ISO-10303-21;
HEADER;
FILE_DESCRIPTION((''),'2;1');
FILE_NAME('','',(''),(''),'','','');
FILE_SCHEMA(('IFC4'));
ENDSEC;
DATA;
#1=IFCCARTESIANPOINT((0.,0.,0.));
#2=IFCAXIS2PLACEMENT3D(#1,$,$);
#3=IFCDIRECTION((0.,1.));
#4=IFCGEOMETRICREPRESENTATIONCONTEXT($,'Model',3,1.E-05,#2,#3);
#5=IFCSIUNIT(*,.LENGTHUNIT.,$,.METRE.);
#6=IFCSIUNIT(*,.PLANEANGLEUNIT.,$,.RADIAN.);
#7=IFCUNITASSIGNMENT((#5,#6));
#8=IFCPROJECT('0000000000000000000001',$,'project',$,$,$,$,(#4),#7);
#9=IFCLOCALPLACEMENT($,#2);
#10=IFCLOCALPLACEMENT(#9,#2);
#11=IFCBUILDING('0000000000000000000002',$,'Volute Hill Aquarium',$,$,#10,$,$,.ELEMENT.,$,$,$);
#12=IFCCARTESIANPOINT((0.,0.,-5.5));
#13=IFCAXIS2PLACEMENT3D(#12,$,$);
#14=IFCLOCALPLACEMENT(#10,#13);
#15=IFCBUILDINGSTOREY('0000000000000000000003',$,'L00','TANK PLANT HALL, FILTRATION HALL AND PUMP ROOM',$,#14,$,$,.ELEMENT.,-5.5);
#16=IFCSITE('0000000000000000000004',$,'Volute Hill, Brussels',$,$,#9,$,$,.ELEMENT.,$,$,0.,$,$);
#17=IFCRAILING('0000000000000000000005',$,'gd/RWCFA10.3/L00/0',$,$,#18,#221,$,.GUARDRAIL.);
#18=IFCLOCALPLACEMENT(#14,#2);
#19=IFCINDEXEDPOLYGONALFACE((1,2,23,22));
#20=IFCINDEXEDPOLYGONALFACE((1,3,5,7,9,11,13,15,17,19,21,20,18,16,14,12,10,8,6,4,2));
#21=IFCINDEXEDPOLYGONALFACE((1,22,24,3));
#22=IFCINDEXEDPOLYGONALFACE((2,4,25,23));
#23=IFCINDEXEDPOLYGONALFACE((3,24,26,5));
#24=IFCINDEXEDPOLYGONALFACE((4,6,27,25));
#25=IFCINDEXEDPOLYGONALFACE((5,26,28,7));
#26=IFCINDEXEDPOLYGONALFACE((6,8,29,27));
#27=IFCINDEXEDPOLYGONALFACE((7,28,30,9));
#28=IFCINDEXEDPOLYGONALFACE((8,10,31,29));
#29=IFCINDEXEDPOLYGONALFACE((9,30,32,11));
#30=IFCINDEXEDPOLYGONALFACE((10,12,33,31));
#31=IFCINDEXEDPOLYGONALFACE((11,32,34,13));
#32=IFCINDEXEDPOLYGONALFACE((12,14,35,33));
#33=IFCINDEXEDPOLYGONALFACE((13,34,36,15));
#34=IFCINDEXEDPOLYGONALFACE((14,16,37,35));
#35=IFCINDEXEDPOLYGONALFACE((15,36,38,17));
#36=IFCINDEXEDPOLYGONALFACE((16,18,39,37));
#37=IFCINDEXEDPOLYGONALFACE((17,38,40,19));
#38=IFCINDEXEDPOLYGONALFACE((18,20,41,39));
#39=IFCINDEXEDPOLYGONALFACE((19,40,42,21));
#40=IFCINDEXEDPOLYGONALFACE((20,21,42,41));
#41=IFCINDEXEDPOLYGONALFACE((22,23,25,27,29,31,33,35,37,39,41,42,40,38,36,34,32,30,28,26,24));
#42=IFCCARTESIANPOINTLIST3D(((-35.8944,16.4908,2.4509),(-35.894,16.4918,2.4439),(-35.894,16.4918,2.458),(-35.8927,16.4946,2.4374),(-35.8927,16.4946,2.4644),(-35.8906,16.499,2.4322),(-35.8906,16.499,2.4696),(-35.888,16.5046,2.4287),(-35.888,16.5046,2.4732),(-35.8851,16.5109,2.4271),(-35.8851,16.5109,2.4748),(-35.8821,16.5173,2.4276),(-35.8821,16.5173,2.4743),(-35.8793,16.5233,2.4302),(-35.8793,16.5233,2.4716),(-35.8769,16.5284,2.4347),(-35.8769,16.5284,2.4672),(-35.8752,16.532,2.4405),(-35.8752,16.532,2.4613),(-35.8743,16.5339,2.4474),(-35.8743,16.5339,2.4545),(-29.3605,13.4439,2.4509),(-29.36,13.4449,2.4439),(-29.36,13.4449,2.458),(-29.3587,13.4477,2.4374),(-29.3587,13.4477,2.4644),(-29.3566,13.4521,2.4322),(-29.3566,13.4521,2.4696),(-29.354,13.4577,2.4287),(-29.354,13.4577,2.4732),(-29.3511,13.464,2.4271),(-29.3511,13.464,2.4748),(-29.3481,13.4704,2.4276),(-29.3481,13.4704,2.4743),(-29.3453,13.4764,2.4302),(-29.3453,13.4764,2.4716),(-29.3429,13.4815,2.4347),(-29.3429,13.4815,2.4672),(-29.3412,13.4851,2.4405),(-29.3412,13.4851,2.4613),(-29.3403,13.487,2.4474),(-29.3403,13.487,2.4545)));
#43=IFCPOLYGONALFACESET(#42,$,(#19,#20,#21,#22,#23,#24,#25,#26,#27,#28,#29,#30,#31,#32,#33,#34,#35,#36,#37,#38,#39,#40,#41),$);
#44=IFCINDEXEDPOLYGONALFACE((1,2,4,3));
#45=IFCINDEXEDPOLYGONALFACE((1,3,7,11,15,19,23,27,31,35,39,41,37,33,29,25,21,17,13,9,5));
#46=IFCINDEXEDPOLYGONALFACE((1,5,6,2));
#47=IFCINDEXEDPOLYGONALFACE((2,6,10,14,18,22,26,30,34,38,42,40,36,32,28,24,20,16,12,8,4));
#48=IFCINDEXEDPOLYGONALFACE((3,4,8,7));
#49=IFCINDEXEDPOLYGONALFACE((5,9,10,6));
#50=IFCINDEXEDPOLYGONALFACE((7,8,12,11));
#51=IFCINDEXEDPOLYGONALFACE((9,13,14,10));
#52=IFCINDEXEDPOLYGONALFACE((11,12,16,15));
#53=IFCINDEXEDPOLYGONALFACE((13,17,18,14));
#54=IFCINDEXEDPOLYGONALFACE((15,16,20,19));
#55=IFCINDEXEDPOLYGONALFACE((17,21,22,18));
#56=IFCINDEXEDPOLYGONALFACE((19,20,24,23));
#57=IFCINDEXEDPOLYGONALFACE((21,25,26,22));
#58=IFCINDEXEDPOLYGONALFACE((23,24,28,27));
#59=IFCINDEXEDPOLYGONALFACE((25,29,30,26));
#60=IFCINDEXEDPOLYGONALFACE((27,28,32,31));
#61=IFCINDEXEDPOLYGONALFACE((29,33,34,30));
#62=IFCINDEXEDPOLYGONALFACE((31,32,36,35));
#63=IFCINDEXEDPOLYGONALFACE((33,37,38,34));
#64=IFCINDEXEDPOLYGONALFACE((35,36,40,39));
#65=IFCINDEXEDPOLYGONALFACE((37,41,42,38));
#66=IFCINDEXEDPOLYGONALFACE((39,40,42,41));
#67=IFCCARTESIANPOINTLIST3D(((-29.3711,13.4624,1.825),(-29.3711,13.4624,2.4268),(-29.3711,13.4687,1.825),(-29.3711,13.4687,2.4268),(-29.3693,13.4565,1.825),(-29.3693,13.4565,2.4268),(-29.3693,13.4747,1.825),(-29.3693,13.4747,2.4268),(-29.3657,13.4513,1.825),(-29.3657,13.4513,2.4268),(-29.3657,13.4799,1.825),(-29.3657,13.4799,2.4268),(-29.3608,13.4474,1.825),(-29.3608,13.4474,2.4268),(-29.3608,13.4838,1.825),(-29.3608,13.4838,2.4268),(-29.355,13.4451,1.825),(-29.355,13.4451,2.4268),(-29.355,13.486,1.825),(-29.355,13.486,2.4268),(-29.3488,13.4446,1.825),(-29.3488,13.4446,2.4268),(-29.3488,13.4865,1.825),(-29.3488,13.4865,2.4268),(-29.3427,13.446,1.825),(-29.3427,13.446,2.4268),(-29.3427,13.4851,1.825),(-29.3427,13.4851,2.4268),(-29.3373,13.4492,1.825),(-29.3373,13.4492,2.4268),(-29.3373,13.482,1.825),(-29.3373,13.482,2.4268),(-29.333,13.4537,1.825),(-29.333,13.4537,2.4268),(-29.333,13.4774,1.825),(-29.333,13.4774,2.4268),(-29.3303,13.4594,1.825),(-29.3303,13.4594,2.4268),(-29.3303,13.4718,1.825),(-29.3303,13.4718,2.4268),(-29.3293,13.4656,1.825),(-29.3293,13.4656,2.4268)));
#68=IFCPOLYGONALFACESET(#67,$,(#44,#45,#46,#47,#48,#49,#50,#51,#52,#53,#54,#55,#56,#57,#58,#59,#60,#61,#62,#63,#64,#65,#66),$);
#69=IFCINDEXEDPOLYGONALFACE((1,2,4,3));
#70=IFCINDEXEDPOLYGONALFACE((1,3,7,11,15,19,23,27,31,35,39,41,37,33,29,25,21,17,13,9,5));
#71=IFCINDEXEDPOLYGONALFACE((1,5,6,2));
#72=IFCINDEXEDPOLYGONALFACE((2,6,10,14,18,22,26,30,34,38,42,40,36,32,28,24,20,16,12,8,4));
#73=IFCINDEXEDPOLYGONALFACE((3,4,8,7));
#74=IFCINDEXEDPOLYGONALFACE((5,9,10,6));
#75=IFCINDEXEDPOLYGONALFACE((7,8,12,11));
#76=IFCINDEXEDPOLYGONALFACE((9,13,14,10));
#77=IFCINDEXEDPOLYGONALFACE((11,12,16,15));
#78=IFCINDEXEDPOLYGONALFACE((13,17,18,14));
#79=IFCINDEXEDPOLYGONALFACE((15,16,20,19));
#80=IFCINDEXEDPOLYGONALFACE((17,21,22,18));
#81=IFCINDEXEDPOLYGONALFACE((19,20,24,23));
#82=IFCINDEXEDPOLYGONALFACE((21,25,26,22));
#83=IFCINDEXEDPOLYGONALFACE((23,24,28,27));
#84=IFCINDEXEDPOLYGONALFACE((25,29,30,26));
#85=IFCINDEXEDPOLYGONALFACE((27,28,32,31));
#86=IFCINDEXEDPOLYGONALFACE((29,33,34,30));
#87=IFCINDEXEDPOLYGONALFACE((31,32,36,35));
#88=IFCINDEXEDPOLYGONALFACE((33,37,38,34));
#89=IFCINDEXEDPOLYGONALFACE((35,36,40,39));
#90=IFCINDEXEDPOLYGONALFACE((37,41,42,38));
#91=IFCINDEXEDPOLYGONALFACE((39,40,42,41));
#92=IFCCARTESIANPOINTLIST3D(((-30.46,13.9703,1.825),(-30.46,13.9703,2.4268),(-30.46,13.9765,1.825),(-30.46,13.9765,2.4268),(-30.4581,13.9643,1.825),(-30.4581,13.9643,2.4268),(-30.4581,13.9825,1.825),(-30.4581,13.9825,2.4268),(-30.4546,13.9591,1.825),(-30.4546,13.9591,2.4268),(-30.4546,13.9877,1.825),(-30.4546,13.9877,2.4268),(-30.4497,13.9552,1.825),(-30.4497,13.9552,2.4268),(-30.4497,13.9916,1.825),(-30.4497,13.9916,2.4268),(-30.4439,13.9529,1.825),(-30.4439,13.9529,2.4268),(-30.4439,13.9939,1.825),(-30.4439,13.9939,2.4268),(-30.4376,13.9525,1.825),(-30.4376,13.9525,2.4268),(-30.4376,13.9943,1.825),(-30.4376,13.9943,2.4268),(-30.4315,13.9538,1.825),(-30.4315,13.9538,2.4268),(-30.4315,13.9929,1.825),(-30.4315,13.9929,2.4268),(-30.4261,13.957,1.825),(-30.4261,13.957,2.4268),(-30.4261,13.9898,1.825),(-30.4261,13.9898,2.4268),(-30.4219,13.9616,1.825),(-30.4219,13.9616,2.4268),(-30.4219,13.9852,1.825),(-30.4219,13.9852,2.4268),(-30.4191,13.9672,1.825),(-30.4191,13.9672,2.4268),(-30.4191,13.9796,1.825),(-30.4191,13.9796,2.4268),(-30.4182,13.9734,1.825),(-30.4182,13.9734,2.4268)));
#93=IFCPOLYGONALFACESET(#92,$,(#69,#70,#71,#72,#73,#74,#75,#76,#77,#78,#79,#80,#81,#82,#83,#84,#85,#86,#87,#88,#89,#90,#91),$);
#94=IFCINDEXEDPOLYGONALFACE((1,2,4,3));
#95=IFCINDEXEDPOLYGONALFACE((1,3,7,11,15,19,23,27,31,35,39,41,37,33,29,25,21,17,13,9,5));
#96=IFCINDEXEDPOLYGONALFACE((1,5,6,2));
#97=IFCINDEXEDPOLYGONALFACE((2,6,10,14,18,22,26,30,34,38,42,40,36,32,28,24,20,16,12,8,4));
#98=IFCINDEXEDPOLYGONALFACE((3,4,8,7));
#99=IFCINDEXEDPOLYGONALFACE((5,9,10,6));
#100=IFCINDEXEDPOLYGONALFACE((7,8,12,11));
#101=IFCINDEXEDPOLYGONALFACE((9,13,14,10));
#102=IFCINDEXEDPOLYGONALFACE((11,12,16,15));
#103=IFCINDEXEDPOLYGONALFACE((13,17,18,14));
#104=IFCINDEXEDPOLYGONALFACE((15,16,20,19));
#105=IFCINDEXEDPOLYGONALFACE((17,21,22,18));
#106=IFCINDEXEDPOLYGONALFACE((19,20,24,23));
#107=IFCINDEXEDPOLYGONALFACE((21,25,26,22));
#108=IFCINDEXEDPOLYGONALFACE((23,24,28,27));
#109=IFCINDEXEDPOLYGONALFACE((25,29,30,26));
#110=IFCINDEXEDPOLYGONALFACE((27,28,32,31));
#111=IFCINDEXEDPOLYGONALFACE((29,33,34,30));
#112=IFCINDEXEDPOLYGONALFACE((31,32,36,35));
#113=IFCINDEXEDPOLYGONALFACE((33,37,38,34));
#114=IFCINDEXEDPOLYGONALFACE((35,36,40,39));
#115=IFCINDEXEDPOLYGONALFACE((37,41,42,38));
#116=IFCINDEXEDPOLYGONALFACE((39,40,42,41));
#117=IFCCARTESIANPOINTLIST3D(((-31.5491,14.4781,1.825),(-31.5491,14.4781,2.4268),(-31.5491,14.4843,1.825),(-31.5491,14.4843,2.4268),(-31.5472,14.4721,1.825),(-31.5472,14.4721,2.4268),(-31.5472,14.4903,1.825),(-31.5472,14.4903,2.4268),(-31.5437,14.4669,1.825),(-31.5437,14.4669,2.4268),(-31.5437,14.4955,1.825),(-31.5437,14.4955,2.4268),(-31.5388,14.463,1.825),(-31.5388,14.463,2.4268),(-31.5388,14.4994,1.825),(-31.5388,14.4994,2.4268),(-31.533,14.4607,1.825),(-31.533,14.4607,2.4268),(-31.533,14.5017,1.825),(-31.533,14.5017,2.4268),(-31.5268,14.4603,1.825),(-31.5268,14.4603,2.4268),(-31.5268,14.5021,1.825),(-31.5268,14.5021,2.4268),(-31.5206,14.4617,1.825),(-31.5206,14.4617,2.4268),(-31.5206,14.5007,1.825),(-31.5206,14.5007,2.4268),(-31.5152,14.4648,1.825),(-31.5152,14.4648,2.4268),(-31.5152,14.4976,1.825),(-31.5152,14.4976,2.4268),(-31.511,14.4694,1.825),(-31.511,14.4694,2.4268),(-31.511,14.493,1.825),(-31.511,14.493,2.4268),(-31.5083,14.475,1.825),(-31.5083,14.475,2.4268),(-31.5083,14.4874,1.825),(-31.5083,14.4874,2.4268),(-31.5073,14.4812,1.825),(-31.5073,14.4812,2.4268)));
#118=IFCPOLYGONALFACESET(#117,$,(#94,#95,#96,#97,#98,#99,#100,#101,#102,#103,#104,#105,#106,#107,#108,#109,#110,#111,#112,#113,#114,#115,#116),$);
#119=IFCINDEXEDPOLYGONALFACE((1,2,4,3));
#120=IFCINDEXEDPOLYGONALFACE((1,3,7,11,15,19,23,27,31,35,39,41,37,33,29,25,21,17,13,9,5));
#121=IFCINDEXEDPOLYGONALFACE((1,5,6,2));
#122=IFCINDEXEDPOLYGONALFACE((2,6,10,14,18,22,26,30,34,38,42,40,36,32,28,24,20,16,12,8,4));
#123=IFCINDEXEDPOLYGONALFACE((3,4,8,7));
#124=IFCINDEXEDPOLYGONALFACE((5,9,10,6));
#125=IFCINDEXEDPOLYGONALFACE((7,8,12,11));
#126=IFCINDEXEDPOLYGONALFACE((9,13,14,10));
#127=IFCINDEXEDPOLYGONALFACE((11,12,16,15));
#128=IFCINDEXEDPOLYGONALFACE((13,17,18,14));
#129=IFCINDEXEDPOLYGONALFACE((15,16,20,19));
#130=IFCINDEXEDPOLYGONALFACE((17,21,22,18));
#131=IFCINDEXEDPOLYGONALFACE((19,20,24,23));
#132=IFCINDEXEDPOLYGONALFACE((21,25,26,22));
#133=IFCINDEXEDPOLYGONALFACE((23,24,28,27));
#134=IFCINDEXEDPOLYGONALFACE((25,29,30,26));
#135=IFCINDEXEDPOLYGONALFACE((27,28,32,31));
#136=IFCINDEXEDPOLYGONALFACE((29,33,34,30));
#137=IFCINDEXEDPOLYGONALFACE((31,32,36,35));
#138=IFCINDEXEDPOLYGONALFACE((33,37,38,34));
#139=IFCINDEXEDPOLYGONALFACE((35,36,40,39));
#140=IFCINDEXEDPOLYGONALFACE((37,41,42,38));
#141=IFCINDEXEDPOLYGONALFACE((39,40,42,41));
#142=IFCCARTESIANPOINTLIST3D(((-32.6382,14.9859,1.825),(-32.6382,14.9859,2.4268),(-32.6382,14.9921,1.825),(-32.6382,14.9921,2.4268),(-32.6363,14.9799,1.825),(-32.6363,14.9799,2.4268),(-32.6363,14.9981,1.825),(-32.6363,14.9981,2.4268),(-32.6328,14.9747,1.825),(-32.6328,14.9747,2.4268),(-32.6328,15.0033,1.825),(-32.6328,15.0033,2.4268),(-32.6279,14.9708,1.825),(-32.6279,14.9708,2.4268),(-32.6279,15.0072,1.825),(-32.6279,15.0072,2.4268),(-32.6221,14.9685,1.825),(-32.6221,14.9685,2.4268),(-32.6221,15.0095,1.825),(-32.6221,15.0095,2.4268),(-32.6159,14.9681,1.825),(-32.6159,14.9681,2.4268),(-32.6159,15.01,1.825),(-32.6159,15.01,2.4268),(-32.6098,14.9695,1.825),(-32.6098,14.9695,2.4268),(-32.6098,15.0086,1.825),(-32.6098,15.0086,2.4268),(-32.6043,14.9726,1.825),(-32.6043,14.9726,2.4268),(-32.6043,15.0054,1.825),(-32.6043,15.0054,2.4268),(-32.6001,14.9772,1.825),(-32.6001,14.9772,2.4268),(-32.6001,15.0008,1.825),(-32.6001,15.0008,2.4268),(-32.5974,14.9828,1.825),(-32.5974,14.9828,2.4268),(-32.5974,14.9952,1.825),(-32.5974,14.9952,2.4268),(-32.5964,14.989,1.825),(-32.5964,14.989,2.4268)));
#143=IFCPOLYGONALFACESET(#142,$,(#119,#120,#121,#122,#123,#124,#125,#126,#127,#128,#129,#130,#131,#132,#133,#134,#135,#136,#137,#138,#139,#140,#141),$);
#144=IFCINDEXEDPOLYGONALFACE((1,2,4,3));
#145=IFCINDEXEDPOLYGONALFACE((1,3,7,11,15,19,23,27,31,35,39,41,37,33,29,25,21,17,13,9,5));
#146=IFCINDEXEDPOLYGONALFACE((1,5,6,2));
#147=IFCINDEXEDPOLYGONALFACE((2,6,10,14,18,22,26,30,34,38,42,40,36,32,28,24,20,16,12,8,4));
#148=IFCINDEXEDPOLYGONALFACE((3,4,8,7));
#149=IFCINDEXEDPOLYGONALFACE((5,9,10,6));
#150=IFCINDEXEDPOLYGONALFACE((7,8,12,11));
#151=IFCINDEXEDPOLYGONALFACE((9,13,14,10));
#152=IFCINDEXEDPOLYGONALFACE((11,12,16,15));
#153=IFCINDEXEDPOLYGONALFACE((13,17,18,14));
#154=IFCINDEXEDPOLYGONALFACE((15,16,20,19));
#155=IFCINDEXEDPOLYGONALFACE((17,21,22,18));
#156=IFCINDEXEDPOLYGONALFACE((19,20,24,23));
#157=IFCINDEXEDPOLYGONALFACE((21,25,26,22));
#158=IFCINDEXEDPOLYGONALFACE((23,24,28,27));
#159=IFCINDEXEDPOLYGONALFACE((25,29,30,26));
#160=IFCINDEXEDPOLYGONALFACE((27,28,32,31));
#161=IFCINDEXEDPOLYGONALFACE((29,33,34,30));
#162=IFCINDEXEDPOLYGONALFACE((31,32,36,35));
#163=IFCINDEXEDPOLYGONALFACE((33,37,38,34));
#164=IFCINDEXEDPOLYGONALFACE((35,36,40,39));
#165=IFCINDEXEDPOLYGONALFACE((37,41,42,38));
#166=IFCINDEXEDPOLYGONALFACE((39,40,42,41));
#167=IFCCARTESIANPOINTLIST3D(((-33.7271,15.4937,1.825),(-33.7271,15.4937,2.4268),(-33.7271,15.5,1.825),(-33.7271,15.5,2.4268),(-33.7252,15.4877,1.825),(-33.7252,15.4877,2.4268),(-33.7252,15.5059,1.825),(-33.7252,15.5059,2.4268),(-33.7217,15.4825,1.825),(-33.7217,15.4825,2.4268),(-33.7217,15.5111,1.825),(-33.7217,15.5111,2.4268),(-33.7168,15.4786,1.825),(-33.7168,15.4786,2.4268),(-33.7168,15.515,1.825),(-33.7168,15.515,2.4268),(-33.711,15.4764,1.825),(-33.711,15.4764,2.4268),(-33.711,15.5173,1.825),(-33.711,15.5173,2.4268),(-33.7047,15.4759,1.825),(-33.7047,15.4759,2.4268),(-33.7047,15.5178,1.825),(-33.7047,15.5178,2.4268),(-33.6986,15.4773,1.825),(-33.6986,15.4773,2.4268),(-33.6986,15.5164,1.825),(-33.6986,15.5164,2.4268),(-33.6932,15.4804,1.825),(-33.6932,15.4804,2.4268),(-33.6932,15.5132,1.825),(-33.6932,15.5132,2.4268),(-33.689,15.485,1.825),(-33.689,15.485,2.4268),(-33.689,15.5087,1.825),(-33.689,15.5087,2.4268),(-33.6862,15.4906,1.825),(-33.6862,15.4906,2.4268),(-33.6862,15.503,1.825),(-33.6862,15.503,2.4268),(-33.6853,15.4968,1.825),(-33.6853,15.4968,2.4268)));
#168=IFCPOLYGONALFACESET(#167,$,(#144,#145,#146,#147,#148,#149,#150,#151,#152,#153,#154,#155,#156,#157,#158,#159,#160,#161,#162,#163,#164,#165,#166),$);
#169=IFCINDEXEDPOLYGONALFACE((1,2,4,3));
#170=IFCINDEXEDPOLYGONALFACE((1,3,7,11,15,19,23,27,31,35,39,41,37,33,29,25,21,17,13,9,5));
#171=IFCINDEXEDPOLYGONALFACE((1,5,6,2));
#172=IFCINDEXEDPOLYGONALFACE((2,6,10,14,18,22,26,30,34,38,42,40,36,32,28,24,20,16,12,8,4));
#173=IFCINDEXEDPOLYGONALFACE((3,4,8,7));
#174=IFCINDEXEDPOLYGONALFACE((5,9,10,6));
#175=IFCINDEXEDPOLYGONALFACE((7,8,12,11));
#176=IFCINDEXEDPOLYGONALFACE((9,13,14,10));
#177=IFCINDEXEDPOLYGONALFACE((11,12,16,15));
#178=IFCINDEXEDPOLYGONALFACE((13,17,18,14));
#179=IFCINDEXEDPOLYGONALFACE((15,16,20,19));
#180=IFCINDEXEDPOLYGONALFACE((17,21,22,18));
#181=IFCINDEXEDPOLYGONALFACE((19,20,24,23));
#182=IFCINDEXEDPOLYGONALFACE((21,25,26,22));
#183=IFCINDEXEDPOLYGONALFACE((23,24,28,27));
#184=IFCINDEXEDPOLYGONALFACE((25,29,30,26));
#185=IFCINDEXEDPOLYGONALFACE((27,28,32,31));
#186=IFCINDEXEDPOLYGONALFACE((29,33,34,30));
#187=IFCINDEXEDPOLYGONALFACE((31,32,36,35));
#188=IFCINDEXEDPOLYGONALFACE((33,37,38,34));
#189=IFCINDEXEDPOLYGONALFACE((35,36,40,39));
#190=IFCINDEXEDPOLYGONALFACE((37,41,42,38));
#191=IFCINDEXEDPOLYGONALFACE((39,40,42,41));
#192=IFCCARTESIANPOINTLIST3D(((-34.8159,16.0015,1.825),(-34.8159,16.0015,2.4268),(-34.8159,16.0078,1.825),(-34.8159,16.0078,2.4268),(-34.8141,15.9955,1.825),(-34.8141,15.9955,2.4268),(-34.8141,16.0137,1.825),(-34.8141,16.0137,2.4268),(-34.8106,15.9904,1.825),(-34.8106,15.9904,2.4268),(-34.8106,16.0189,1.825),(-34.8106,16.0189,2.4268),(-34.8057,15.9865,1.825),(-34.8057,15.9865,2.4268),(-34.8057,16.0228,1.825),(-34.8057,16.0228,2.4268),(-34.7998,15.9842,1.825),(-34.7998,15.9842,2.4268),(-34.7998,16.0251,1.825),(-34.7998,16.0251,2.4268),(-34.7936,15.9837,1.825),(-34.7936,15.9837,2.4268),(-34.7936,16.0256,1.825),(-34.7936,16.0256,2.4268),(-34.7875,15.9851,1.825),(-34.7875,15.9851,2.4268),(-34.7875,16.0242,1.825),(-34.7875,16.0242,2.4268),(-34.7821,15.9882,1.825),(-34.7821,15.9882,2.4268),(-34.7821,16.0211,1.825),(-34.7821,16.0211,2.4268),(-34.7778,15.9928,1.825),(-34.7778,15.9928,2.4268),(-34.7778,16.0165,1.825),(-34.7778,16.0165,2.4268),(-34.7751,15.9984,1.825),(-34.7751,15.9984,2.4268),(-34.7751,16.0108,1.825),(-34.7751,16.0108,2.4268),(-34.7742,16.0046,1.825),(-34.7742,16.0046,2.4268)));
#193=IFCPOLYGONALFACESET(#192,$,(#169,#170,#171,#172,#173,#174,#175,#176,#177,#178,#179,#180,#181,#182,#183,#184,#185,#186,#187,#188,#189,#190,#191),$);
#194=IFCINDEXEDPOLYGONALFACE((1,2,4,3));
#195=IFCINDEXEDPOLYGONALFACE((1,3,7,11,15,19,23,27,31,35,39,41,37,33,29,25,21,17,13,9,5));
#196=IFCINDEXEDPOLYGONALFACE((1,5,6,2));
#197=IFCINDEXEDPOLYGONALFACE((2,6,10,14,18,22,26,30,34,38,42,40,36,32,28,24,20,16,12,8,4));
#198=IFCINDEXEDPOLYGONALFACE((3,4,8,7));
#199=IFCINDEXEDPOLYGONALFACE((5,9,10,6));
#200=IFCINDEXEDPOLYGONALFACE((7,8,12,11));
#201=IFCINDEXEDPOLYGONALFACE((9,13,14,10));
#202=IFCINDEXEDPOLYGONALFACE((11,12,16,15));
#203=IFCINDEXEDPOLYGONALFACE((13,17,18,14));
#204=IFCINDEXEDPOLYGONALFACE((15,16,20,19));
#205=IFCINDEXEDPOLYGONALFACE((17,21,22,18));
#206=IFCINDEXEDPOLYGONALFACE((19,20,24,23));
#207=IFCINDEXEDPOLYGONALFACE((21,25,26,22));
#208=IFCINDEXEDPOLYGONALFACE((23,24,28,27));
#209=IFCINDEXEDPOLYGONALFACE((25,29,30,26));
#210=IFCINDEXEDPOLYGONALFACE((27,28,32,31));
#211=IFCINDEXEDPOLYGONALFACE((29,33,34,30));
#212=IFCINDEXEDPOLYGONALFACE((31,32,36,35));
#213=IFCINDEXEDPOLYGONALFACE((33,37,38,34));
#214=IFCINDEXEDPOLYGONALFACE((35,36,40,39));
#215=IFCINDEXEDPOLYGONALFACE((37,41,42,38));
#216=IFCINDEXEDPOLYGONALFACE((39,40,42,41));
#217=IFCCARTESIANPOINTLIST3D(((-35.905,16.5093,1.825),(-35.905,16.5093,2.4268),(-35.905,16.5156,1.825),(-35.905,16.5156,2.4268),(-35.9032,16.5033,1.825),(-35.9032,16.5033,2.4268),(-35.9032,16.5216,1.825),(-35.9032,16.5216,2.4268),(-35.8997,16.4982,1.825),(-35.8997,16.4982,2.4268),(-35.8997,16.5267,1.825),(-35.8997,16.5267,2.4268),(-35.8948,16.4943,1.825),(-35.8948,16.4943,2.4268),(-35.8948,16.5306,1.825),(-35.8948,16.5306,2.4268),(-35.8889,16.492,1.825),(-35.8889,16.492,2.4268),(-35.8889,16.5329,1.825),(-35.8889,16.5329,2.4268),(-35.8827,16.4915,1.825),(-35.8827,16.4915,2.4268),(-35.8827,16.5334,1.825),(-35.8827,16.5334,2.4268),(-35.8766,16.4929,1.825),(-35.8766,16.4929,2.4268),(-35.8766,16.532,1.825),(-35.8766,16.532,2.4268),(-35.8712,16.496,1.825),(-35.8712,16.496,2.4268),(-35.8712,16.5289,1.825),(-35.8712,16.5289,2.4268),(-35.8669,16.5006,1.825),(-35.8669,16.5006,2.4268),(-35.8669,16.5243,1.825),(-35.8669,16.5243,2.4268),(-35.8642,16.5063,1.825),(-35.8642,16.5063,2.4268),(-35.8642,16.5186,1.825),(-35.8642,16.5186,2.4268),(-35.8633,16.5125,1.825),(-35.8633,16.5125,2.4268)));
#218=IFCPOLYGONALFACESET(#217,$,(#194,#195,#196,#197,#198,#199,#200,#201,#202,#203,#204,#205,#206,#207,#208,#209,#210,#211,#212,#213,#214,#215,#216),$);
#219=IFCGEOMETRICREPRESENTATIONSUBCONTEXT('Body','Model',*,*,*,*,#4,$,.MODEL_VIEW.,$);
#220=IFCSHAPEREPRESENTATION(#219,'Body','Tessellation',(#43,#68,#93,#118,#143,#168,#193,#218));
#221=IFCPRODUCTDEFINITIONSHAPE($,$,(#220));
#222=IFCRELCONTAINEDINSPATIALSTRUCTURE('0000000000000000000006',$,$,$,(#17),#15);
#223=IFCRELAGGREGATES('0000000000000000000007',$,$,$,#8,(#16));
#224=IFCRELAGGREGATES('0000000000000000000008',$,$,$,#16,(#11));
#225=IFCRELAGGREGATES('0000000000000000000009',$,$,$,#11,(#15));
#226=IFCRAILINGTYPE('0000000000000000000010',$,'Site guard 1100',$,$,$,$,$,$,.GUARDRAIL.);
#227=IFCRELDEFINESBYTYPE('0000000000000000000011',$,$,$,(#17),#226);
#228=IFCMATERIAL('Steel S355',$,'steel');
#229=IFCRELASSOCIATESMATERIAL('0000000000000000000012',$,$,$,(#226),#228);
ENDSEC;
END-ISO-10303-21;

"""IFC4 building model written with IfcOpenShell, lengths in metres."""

from ifc_helpers import new_model, si_unit, direction, frame, origin, origin_2d, place, context, subcontext, project, spatial, circle, extrude, material, type_object, element, save


model = new_model("IFC4")

# Units and contexts
model_context = context("Model", 3, precision=1e-05, world=origin(), true_north=direction((0.0, 1.0)))
body_context = subcontext(model_context, "Body", "Model", "MODEL_VIEW")
ifc_project = project(units=[si_unit("LENGTHUNIT", "METRE"), si_unit("PLANEANGLEUNIT", "RADIAN")], contexts=[model_context])

# Site, building, storey
site_placement = place(None, origin())
site = spatial("IfcSite", under=ifc_project, at=site_placement, Name="Volute Hill, Brussels", CompositionType="ELEMENT", RefElevation=0.0)
building_placement = place(site_placement, origin())
building = spatial("IfcBuilding", under=site, at=building_placement, Name="Volute Hill Aquarium", CompositionType="ELEMENT")
storey_placement = place(building_placement, frame((0.0, 0.0, -5.5)))
storey = spatial("IfcBuildingStorey", under=building, at=storey_placement, Name="L00", Description="TANK PLANT HALL, FILTRATION HALL AND PUMP ROOM", CompositionType="ELEMENT", Elevation=-5.5)

# Railing
ifc_material_1 = material(Name="Steel S355", Category="steel")
railing_type_1 = type_object("IfcRailingType", Name="Site guard 1100", PredefinedType="GUARDRAIL", material=ifc_material_1)
railing_1_placement = place(storey_placement, frame((-29.3503, 13.4656, 1.825)))
element("IfcRailing", 1, at=railing_1_placement, inside=storey, type_object=railing_type_1, Name="gd/RWCFA10.3/L00/0", PredefinedType="GUARDRAIL", context=body_context, shape_type="SweptSolid", body=[
    extrude(circle(Radius=0.0239, at=origin_2d()), frame((0.0, 0.0, 0.626), z_axis=(-0.906305, 0.422624, 0.0), x_axis=(-0.422624, -0.906305, 0.0)), (0.0, 0.0, 1.0), 7.2095),
    extrude(circle(Radius=0.021, at=origin_2d()), origin(), (0.0, 0.0, 1.0), 0.6018),
    extrude(circle(Radius=0.021, at=origin_2d()), frame((-1.0889, 0.5078, 0.0)), (0.0, 0.0, 1.0), 0.6018),
    extrude(circle(Radius=0.021, at=origin_2d()), frame((-2.178, 1.0156, 0.0)), (0.0, 0.0, 1.0), 0.6018),
    extrude(circle(Radius=0.021, at=origin_2d()), frame((-3.2671, 1.5234, 0.0)), (0.0, 0.0, 1.0), 0.6018),
    extrude(circle(Radius=0.021, at=origin_2d()), frame((-4.356, 2.0312, 0.0)), (0.0, 0.0, 1.0), 0.6018),
    extrude(circle(Radius=0.021, at=origin_2d()), frame((-5.4448, 2.5391, 0.0)), (0.0, 0.0, 1.0), 0.6018),
    extrude(circle(Radius=0.021, at=origin_2d()), frame((-6.5339, 3.0469, 0.0)), (0.0, 0.0, 1.0), 0.6018),
])

save(model, "model.ifc")
